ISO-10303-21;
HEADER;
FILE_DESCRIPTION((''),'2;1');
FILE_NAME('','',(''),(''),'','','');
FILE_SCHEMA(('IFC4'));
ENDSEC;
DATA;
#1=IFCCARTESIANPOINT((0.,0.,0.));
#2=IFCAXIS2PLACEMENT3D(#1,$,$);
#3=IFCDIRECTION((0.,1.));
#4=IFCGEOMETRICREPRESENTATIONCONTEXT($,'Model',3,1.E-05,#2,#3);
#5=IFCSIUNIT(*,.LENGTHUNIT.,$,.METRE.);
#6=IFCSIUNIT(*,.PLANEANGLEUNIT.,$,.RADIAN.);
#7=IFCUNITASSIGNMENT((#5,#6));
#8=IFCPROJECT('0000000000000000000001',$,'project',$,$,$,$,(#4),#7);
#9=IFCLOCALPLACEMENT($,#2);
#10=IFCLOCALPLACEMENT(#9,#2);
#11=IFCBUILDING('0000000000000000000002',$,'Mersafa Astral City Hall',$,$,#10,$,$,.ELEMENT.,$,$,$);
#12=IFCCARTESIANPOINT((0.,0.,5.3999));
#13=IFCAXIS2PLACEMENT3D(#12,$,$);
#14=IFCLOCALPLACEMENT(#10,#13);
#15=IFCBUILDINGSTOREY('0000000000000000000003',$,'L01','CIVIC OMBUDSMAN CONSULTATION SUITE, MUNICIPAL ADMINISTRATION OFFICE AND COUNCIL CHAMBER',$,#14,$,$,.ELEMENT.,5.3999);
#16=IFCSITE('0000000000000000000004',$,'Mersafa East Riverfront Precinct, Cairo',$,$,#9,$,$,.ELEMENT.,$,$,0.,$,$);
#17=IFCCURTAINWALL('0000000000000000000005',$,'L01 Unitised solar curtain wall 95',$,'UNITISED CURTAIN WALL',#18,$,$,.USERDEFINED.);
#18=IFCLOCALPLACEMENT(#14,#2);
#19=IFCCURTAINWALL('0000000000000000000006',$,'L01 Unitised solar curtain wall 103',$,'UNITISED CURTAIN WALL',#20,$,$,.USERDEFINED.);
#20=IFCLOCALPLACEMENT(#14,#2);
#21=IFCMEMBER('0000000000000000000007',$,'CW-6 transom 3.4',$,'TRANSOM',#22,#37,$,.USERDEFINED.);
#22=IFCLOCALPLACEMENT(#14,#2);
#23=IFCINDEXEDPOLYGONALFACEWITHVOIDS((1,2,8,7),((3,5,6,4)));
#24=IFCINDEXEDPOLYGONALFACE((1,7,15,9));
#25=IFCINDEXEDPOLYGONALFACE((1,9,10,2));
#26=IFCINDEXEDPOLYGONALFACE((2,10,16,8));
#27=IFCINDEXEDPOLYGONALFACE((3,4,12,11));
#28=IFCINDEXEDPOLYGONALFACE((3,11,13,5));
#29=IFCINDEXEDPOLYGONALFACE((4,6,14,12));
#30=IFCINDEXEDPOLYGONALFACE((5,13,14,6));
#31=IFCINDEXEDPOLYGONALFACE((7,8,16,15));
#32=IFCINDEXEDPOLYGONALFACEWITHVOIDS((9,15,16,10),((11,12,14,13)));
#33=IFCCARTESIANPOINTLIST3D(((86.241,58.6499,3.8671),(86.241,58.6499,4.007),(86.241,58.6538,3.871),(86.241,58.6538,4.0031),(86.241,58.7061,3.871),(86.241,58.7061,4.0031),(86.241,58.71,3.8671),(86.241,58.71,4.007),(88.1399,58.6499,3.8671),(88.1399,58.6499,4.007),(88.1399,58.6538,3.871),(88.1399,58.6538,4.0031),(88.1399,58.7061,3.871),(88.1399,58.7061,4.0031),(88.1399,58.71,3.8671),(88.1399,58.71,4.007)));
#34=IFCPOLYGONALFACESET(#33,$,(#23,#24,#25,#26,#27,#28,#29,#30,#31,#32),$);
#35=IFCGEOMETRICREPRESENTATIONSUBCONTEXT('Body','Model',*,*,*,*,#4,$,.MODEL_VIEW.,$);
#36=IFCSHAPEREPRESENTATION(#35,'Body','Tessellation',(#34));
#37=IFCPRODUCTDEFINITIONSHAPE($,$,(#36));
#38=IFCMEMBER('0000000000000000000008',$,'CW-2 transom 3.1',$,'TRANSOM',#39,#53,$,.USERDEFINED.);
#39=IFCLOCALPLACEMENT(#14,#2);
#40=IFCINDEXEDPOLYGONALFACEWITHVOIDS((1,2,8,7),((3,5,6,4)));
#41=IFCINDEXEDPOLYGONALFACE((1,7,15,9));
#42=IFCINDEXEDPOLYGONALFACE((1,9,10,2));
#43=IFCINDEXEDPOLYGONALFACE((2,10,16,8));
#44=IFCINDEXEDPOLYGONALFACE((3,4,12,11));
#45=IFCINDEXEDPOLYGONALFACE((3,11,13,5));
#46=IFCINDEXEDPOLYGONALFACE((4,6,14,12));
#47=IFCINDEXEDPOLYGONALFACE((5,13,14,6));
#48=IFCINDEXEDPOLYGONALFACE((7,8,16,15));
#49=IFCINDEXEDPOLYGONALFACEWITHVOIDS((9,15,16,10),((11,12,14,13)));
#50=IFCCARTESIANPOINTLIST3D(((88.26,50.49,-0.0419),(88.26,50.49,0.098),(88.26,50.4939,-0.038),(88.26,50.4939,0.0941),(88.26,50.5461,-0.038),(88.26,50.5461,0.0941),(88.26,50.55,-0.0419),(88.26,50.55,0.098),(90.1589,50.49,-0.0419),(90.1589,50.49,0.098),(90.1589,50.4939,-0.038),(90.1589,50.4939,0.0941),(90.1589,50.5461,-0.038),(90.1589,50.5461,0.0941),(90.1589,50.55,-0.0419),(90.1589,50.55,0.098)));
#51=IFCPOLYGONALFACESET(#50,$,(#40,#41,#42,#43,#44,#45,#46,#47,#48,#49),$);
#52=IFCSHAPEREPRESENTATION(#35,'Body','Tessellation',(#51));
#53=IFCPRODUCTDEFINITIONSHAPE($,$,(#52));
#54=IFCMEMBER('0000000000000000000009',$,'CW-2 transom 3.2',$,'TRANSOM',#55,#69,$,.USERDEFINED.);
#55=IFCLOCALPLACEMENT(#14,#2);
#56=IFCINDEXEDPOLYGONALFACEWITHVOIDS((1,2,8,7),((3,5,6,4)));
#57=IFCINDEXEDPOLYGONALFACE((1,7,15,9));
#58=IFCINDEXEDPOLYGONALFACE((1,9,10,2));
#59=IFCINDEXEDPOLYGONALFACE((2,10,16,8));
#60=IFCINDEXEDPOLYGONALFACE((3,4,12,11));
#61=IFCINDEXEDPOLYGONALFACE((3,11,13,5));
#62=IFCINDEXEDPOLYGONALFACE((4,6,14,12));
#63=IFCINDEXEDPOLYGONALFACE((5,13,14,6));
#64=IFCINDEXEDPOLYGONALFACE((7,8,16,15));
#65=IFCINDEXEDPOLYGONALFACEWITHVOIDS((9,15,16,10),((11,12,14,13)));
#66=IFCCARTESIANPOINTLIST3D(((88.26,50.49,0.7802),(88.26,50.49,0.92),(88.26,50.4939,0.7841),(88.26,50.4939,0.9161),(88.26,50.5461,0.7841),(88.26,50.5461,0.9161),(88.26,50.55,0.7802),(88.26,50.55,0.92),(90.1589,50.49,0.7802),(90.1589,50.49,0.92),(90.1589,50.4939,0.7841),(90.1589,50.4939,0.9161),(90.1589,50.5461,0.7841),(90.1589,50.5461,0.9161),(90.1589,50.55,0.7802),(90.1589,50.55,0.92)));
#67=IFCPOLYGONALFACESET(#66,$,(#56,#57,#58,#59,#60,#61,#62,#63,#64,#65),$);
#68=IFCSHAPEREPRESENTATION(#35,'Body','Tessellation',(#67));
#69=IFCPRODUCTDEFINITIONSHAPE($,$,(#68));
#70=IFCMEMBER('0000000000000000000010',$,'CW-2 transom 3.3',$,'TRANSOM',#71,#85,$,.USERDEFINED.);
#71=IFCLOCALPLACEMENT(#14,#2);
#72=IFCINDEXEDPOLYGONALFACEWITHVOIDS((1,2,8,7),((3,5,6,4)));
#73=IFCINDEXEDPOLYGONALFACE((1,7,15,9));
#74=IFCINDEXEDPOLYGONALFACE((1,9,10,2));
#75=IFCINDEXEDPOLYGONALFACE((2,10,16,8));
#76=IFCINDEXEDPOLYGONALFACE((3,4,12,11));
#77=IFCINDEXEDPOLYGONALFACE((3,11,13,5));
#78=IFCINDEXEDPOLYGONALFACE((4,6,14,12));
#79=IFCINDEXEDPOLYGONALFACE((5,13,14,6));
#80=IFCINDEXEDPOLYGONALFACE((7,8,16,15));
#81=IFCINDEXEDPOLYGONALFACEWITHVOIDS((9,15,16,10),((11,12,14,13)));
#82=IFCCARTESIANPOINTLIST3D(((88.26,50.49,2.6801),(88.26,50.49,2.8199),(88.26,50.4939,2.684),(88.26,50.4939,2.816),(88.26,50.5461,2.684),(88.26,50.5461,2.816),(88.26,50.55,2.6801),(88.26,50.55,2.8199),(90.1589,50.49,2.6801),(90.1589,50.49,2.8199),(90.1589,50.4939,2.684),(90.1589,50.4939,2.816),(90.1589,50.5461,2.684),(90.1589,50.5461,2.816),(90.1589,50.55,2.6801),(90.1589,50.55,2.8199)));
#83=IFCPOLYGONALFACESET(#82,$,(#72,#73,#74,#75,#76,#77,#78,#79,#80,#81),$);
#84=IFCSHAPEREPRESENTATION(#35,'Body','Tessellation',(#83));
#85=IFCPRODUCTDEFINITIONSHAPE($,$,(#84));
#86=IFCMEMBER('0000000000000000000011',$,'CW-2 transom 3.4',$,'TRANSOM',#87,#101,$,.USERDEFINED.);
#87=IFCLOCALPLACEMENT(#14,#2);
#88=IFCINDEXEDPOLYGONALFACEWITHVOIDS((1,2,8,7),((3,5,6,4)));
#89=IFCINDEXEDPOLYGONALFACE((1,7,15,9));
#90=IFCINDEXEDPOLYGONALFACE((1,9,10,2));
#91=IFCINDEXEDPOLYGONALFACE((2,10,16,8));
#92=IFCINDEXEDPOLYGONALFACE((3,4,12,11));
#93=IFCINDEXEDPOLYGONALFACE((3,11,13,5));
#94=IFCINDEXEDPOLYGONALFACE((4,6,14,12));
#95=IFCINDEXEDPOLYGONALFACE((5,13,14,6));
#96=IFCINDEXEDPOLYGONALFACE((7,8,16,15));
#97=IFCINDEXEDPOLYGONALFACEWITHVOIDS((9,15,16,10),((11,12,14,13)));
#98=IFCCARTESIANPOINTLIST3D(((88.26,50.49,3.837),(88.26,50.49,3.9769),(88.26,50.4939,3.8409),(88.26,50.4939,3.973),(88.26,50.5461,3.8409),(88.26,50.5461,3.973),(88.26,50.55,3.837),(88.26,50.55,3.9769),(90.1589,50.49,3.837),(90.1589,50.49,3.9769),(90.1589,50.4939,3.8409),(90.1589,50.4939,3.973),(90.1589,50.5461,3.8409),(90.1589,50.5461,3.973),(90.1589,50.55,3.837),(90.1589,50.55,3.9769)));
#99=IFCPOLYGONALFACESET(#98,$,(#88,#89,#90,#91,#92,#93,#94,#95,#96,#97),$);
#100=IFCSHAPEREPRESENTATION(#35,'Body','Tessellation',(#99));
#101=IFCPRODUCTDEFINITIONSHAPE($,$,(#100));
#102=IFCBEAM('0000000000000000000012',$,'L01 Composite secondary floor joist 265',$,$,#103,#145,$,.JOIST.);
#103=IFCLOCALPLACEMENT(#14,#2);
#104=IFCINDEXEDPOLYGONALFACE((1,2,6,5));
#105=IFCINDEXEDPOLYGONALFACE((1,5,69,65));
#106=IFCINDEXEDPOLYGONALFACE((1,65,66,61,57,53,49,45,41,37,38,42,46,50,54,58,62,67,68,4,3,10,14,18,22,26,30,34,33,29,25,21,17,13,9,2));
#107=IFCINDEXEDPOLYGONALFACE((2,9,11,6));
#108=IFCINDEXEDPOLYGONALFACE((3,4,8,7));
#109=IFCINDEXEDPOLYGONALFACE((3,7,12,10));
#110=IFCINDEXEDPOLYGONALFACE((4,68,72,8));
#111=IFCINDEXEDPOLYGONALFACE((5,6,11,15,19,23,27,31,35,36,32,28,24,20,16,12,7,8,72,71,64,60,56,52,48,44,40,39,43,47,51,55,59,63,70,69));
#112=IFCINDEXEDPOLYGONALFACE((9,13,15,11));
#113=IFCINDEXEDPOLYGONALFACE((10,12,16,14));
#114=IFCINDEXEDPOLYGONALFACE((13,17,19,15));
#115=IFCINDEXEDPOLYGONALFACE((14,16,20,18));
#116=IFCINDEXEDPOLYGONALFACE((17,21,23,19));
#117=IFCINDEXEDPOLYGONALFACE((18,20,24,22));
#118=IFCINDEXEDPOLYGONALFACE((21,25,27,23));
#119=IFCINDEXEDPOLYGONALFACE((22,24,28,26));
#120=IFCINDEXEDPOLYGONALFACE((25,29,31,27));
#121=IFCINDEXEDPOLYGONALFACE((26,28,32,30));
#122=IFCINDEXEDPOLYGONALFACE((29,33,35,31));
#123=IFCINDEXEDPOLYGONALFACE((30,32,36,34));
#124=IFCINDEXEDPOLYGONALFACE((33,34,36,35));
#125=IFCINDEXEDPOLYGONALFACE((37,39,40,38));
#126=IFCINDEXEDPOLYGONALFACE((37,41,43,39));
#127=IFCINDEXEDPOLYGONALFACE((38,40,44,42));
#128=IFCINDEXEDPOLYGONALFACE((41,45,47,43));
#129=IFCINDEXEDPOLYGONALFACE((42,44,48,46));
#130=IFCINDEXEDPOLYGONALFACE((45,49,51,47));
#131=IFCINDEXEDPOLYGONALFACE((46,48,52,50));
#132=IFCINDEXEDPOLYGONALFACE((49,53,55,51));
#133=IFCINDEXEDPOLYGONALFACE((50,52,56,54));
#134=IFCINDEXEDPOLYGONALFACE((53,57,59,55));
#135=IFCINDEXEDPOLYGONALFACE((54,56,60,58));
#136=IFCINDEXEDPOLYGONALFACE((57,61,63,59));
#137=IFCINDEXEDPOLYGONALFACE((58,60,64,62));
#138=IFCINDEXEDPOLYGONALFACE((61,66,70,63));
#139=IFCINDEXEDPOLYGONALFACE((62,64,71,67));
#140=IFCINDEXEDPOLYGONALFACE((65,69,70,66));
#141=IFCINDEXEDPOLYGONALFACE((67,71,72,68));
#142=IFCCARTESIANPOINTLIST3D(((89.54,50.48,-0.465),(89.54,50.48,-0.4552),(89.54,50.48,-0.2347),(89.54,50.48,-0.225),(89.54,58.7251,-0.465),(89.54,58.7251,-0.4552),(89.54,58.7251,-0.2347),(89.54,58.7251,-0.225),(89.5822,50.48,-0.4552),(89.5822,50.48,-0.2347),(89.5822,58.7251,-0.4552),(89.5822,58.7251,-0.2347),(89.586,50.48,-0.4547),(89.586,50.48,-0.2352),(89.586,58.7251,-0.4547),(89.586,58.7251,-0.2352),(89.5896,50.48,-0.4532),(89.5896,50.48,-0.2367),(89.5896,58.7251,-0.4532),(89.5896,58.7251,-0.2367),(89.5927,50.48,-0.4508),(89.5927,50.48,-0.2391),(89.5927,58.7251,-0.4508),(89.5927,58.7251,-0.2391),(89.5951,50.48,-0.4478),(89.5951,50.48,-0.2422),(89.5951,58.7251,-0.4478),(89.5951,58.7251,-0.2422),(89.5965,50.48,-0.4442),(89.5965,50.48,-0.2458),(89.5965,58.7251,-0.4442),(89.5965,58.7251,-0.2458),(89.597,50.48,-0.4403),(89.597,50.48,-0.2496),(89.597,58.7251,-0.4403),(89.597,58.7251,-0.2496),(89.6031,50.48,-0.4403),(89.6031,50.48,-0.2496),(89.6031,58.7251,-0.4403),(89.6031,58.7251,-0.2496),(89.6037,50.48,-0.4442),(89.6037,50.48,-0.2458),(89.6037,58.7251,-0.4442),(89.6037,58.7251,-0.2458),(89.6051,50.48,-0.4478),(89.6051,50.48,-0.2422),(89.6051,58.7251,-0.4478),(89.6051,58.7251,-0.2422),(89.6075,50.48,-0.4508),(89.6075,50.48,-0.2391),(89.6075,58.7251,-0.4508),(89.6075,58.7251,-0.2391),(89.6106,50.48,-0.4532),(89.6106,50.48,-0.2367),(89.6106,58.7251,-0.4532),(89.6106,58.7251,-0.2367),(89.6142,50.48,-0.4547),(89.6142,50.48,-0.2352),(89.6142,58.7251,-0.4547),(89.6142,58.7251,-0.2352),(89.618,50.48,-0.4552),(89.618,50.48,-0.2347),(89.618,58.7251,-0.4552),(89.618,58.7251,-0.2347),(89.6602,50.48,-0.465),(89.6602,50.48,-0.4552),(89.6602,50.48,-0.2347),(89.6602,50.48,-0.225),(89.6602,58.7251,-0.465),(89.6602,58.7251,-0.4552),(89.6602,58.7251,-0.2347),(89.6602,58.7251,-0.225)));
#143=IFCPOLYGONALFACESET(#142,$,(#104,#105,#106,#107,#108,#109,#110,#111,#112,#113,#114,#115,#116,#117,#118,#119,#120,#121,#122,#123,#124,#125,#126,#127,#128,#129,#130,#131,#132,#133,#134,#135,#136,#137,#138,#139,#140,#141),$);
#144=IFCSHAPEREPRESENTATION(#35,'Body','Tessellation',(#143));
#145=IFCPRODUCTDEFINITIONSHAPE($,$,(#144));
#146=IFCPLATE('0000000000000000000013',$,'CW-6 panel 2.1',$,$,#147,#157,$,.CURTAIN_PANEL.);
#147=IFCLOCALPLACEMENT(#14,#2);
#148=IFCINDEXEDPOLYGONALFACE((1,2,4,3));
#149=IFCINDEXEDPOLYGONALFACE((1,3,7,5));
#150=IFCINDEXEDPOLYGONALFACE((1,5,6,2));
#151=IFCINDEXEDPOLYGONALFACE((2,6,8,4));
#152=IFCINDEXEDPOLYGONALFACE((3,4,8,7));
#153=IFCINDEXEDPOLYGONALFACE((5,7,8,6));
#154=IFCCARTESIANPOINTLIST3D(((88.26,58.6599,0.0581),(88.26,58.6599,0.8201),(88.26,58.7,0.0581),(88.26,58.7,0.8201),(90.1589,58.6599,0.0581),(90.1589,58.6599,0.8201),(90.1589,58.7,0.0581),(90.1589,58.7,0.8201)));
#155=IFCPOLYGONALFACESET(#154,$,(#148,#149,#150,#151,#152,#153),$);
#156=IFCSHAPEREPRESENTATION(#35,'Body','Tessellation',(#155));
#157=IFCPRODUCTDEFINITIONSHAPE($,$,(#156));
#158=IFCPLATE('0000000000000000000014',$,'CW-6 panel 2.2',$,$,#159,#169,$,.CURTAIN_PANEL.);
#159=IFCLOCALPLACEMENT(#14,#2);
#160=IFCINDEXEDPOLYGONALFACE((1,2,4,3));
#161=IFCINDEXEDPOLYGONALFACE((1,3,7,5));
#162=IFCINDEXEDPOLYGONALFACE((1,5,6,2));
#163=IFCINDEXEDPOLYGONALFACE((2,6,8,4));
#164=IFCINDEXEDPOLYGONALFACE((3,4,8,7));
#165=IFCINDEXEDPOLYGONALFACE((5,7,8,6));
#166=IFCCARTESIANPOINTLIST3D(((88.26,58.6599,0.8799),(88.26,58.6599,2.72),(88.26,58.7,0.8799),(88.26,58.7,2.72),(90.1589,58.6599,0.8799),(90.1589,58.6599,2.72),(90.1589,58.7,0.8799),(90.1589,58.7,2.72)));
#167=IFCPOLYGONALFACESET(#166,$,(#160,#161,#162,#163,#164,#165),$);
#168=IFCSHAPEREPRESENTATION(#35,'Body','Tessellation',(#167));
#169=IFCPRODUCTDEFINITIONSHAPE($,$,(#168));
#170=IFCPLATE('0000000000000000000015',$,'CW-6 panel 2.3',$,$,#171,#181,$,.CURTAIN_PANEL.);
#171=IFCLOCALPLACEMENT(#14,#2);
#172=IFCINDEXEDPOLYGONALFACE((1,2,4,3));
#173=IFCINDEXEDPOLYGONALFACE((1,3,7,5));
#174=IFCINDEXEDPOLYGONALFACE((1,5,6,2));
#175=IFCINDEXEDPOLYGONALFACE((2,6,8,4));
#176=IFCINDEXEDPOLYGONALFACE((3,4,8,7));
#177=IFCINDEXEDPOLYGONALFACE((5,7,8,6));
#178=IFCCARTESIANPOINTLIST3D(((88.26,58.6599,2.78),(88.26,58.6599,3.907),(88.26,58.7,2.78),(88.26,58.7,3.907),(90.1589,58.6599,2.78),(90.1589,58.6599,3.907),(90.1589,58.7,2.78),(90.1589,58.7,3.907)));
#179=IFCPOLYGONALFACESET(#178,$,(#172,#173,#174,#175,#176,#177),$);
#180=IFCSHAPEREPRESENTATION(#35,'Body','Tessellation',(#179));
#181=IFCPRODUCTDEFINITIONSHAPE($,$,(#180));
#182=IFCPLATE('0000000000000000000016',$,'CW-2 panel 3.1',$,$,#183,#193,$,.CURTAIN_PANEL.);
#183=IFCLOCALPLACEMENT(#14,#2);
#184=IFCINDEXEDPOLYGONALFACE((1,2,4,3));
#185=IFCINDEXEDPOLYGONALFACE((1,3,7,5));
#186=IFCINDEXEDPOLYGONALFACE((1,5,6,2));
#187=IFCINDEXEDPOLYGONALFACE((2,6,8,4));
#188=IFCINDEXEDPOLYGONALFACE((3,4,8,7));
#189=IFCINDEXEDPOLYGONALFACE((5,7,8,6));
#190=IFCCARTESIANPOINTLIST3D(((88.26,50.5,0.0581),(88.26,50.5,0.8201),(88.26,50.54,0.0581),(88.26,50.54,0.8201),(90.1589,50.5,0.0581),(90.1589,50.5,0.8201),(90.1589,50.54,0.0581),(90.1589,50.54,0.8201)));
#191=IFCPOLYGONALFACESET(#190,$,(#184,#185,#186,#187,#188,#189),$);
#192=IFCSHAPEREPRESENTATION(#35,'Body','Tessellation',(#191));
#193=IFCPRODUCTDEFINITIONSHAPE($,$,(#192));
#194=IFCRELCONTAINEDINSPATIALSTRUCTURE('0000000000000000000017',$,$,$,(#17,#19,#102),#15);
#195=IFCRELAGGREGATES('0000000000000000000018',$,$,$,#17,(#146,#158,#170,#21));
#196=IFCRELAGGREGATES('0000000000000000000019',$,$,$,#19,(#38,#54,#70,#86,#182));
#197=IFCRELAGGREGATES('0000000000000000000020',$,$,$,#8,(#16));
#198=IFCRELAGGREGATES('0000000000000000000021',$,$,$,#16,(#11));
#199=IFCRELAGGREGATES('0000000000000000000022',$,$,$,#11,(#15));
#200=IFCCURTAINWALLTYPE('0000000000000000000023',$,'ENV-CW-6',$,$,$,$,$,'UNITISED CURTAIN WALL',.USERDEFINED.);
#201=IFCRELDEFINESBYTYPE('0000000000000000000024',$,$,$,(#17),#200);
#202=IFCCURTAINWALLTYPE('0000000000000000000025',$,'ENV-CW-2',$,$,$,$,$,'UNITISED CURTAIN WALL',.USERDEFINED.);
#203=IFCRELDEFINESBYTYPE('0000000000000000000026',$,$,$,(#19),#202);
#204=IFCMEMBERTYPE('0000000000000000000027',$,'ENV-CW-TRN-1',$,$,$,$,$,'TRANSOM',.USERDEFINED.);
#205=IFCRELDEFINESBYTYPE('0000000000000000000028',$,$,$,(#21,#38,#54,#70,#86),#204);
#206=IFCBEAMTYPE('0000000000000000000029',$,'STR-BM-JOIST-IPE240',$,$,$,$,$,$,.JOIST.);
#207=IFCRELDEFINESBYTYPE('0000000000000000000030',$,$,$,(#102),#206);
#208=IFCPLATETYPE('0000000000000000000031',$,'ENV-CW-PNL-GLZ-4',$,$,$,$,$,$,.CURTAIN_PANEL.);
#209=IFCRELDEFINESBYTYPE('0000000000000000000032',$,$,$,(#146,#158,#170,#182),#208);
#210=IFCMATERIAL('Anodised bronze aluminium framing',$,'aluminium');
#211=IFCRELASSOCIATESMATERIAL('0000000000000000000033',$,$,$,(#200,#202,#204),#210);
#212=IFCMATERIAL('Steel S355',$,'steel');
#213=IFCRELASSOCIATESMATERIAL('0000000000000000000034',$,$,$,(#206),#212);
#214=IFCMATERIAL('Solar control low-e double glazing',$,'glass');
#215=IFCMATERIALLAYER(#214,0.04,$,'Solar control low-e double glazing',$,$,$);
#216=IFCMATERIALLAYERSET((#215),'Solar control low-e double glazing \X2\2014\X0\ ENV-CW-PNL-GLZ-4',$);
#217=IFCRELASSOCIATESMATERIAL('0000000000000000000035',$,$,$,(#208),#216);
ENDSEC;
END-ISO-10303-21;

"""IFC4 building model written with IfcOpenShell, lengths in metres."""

from ifc_helpers import new_model, si_unit, direction, frame, origin, origin_2d, place, context, subcontext, project, spatial, rectangle, hollow_rectangle, i_section, extrude, material, layer, layer_set, material_profile, profile_set, type_object, element, aggregate, save


model = new_model("IFC4")

# Units and contexts
model_context = context("Model", 3, precision=1e-05, world=origin(), true_north=direction((0.0, 1.0)))
body_context = subcontext(model_context, "Body", "Model", "MODEL_VIEW")
ifc_project = project(units=[si_unit("LENGTHUNIT", "METRE"), si_unit("PLANEANGLEUNIT", "RADIAN")], contexts=[model_context])

# Site, building, storey
site_placement = place(None, origin())
site = spatial("IfcSite", under=ifc_project, at=site_placement, Name="Mersafa East Riverfront Precinct, Cairo", CompositionType="ELEMENT", RefElevation=0.0)
building_placement = place(site_placement, origin())
building = spatial("IfcBuilding", under=site, at=building_placement, Name="Mersafa Astral City Hall", CompositionType="ELEMENT")
storey_placement = place(building_placement, frame((0.0, 0.0, 5.3999)))
storey = spatial("IfcBuildingStorey", under=building, at=storey_placement, Name="L01", Description="CIVIC OMBUDSMAN CONSULTATION SUITE, MUNICIPAL ADMINISTRATION OFFICE AND COUNCIL CHAMBER", CompositionType="ELEMENT", Elevation=5.3999)

# Curtain walls
ifc_material_1 = material(Name="Anodised bronze aluminium framing", Category="aluminium")
curtain_wall_type_1 = type_object("IfcCurtainWallType", Name="ENV-CW-6", ElementType="UNITISED CURTAIN WALL", PredefinedType="USERDEFINED", material=ifc_material_1)
curtain_wall_1_placement = place(storey_placement, origin())
curtain_wall_1 = element("IfcCurtainWall", 1, at=curtain_wall_1_placement, inside=storey, type_object=curtain_wall_type_1, Name="L01 Unitised solar curtain wall 95", ObjectType="UNITISED CURTAIN WALL", PredefinedType="USERDEFINED")
curtain_wall_type_2 = type_object("IfcCurtainWallType", Name="ENV-CW-2", ElementType="UNITISED CURTAIN WALL", PredefinedType="USERDEFINED", material=ifc_material_1)
curtain_wall_2_placement = place(storey_placement, origin())
curtain_wall_2 = element("IfcCurtainWall", 2, at=curtain_wall_2_placement, inside=storey, type_object=curtain_wall_type_2, Name="L01 Unitised solar curtain wall 103", ObjectType="UNITISED CURTAIN WALL", PredefinedType="USERDEFINED")

# Members
ifc_material_profile_1 = material_profile(ifc_material_1, hollow_rectangle(XDim=0.0601, YDim=0.1399, WallThickness=0.0039, at=origin_2d()), Name="RHS 60x140x4")
ifc_profile_set_1 = profile_set([ifc_material_profile_1], Name="Anodised bronze aluminium framing")
member_type_1 = type_object("IfcMemberType", Name="ENV-CW-TRN-1", ElementType="TRANSOM", PredefinedType="USERDEFINED", material=ifc_profile_set_1)
member_1_placement = place(storey_placement, frame((88.1399, 58.6799, 3.937), z_axis=(-1.0, 0.0, 0.0), x_axis=(0.0, -1.0, 0.0)))
member_1 = element("IfcMember", 3, at=member_1_placement, type_object=member_type_1, Name="CW-6 transom 3.4", ObjectType="TRANSOM", PredefinedType="USERDEFINED", context=body_context, shape_type="SweptSolid", body=[
    extrude(hollow_rectangle(XDim=0.0601, YDim=0.1399, WallThickness=0.0039, at=origin_2d()), origin(), (0.0, 0.0, 1.0), 1.8989),
])
member_2_placement = place(storey_placement, frame((88.26, 50.52, 0.0281), z_axis=(1.0, 0.0, 0.0), x_axis=(0.0, 1.0, 0.0)))
member_2 = element("IfcMember", 4, at=member_2_placement, type_object=member_type_1, Name="CW-2 transom 3.1", ObjectType="TRANSOM", PredefinedType="USERDEFINED", context=body_context, shape_type="SweptSolid", body=[
    extrude(hollow_rectangle(XDim=0.0601, YDim=0.1399, WallThickness=0.0039, at=origin_2d()), origin(), (0.0, 0.0, 1.0), 1.8989),
])
member_3_placement = place(storey_placement, frame((88.26, 50.52, 0.8501), z_axis=(1.0, 0.0, 0.0), x_axis=(0.0, 1.0, 0.0)))
member_3 = element("IfcMember", 5, at=member_3_placement, type_object=member_type_1, Name="CW-2 transom 3.2", ObjectType="TRANSOM", PredefinedType="USERDEFINED", context=body_context, shape_type="SweptSolid", body=[
    extrude(hollow_rectangle(XDim=0.0601, YDim=0.1399, WallThickness=0.0039, at=origin_2d()), origin(), (0.0, 0.0, 1.0), 1.8989),
])
member_4_placement = place(storey_placement, frame((88.26, 50.52, 2.75), z_axis=(1.0, 0.0, 0.0), x_axis=(0.0, 1.0, 0.0)))
member_4 = element("IfcMember", 6, at=member_4_placement, type_object=member_type_1, Name="CW-2 transom 3.3", ObjectType="TRANSOM", PredefinedType="USERDEFINED", context=body_context, shape_type="SweptSolid", body=[
    extrude(hollow_rectangle(XDim=0.0601, YDim=0.1399, WallThickness=0.0039, at=origin_2d()), origin(), (0.0, 0.0, 1.0), 1.8989),
])
member_5_placement = place(storey_placement, frame((88.26, 50.52, 3.907), z_axis=(1.0, 0.0, 0.0), x_axis=(0.0, 1.0, 0.0)))
member_5 = element("IfcMember", 7, at=member_5_placement, type_object=member_type_1, Name="CW-2 transom 3.4", ObjectType="TRANSOM", PredefinedType="USERDEFINED", context=body_context, shape_type="SweptSolid", body=[
    extrude(hollow_rectangle(XDim=0.0601, YDim=0.1399, WallThickness=0.0039, at=origin_2d()), origin(), (0.0, 0.0, 1.0), 1.8989),
])

# Beam
ifc_material_2 = material(Name="Steel S355", Category="steel")
ifc_material_profile_2 = material_profile(ifc_material_2, i_section(OverallWidth=0.1201, OverallDepth=0.24, WebThickness=0.0061, FlangeThickness=0.0098, FilletRadius=0.0149, at=origin_2d()), Name="IPE 240")
ifc_profile_set_2 = profile_set([ifc_material_profile_2], Name="Steel S355")
beam_type = type_object("IfcBeamType", Name="STR-BM-JOIST-IPE240", PredefinedType="JOIST", material=ifc_profile_set_2)
beam_placement = place(storey_placement, frame((89.6001, 50.48, -0.345), z_axis=(0.0, 1.0, 0.0), x_axis=(-1.0, 0.0, 0.0)))
element("IfcBeam", 8, at=beam_placement, inside=storey, type_object=beam_type, Name="L01 Composite secondary floor joist 265", PredefinedType="JOIST", context=body_context, shape_type="SweptSolid", body=[
    extrude(i_section(OverallWidth=0.1201, OverallDepth=0.24, WebThickness=0.0061, FlangeThickness=0.0098, FilletRadius=0.0149, at=origin_2d()), origin(), (0.0, 0.0, 1.0), 8.2451),
])

# Plates
ifc_material_3 = material(Name="Solar control low-e double glazing", Category="glass")
ifc_layer_1 = layer(ifc_material_3, 0.04, Name="Solar control low-e double glazing")
ifc_layer_set_1 = layer_set([ifc_layer_1], Name="Solar control low-e double glazing — ENV-CW-PNL-GLZ-4")
plate_type = type_object("IfcPlateType", Name="ENV-CW-PNL-GLZ-4", PredefinedType="CURTAIN_PANEL", material=ifc_layer_set_1)
plate_1_placement = place(storey_placement, frame((89.2095, 58.6799, 0.0581), z_axis=(0.0, 0.0, 1.0), x_axis=(-1.0, 0.0, 0.0)))
plate_1 = element("IfcPlate", 9, at=plate_1_placement, type_object=plate_type, Name="CW-6 panel 2.1", PredefinedType="CURTAIN_PANEL", context=body_context, shape_type="SweptSolid", body=[
    extrude(rectangle(XDim=1.8989, YDim=0.04, at=origin_2d()), origin(), (0.0, 0.0, 1.0), 0.762),
])
plate_2_placement = place(storey_placement, frame((89.2095, 58.6799, 0.8799), z_axis=(0.0, 0.0, 1.0), x_axis=(-1.0, 0.0, 0.0)))
plate_2 = element("IfcPlate", 10, at=plate_2_placement, type_object=plate_type, Name="CW-6 panel 2.2", PredefinedType="CURTAIN_PANEL", context=body_context, shape_type="SweptSolid", body=[
    extrude(rectangle(XDim=1.8989, YDim=0.04, at=origin_2d()), origin(), (0.0, 0.0, 1.0), 1.8401),
])
plate_3_placement = place(storey_placement, frame((89.2095, 58.6799, 2.78), z_axis=(0.0, 0.0, 1.0), x_axis=(-1.0, 0.0, 0.0)))
plate_3 = element("IfcPlate", 11, at=plate_3_placement, type_object=plate_type, Name="CW-6 panel 2.3", PredefinedType="CURTAIN_PANEL", context=body_context, shape_type="SweptSolid", body=[
    extrude(rectangle(XDim=1.8989, YDim=0.04, at=origin_2d()), origin(), (0.0, 0.0, 1.0), 1.127),
])
aggregate(curtain_wall_1, [plate_1, plate_2, plate_3, member_1])
plate_4_placement = place(storey_placement, frame((89.2095, 50.52, 0.0581), z_axis=(0.0, 0.0, 1.0), x_axis=(1.0, 0.0, 0.0)))
plate_4 = element("IfcPlate", 12, at=plate_4_placement, type_object=plate_type, Name="CW-2 panel 3.1", PredefinedType="CURTAIN_PANEL", context=body_context, shape_type="SweptSolid", body=[
    extrude(rectangle(XDim=1.8989, YDim=0.04, at=origin_2d()), origin(), (0.0, 0.0, 1.0), 0.762),
])
aggregate(curtain_wall_2, [member_2, member_3, member_4, member_5, plate_4])

save(model, "model.ifc")
